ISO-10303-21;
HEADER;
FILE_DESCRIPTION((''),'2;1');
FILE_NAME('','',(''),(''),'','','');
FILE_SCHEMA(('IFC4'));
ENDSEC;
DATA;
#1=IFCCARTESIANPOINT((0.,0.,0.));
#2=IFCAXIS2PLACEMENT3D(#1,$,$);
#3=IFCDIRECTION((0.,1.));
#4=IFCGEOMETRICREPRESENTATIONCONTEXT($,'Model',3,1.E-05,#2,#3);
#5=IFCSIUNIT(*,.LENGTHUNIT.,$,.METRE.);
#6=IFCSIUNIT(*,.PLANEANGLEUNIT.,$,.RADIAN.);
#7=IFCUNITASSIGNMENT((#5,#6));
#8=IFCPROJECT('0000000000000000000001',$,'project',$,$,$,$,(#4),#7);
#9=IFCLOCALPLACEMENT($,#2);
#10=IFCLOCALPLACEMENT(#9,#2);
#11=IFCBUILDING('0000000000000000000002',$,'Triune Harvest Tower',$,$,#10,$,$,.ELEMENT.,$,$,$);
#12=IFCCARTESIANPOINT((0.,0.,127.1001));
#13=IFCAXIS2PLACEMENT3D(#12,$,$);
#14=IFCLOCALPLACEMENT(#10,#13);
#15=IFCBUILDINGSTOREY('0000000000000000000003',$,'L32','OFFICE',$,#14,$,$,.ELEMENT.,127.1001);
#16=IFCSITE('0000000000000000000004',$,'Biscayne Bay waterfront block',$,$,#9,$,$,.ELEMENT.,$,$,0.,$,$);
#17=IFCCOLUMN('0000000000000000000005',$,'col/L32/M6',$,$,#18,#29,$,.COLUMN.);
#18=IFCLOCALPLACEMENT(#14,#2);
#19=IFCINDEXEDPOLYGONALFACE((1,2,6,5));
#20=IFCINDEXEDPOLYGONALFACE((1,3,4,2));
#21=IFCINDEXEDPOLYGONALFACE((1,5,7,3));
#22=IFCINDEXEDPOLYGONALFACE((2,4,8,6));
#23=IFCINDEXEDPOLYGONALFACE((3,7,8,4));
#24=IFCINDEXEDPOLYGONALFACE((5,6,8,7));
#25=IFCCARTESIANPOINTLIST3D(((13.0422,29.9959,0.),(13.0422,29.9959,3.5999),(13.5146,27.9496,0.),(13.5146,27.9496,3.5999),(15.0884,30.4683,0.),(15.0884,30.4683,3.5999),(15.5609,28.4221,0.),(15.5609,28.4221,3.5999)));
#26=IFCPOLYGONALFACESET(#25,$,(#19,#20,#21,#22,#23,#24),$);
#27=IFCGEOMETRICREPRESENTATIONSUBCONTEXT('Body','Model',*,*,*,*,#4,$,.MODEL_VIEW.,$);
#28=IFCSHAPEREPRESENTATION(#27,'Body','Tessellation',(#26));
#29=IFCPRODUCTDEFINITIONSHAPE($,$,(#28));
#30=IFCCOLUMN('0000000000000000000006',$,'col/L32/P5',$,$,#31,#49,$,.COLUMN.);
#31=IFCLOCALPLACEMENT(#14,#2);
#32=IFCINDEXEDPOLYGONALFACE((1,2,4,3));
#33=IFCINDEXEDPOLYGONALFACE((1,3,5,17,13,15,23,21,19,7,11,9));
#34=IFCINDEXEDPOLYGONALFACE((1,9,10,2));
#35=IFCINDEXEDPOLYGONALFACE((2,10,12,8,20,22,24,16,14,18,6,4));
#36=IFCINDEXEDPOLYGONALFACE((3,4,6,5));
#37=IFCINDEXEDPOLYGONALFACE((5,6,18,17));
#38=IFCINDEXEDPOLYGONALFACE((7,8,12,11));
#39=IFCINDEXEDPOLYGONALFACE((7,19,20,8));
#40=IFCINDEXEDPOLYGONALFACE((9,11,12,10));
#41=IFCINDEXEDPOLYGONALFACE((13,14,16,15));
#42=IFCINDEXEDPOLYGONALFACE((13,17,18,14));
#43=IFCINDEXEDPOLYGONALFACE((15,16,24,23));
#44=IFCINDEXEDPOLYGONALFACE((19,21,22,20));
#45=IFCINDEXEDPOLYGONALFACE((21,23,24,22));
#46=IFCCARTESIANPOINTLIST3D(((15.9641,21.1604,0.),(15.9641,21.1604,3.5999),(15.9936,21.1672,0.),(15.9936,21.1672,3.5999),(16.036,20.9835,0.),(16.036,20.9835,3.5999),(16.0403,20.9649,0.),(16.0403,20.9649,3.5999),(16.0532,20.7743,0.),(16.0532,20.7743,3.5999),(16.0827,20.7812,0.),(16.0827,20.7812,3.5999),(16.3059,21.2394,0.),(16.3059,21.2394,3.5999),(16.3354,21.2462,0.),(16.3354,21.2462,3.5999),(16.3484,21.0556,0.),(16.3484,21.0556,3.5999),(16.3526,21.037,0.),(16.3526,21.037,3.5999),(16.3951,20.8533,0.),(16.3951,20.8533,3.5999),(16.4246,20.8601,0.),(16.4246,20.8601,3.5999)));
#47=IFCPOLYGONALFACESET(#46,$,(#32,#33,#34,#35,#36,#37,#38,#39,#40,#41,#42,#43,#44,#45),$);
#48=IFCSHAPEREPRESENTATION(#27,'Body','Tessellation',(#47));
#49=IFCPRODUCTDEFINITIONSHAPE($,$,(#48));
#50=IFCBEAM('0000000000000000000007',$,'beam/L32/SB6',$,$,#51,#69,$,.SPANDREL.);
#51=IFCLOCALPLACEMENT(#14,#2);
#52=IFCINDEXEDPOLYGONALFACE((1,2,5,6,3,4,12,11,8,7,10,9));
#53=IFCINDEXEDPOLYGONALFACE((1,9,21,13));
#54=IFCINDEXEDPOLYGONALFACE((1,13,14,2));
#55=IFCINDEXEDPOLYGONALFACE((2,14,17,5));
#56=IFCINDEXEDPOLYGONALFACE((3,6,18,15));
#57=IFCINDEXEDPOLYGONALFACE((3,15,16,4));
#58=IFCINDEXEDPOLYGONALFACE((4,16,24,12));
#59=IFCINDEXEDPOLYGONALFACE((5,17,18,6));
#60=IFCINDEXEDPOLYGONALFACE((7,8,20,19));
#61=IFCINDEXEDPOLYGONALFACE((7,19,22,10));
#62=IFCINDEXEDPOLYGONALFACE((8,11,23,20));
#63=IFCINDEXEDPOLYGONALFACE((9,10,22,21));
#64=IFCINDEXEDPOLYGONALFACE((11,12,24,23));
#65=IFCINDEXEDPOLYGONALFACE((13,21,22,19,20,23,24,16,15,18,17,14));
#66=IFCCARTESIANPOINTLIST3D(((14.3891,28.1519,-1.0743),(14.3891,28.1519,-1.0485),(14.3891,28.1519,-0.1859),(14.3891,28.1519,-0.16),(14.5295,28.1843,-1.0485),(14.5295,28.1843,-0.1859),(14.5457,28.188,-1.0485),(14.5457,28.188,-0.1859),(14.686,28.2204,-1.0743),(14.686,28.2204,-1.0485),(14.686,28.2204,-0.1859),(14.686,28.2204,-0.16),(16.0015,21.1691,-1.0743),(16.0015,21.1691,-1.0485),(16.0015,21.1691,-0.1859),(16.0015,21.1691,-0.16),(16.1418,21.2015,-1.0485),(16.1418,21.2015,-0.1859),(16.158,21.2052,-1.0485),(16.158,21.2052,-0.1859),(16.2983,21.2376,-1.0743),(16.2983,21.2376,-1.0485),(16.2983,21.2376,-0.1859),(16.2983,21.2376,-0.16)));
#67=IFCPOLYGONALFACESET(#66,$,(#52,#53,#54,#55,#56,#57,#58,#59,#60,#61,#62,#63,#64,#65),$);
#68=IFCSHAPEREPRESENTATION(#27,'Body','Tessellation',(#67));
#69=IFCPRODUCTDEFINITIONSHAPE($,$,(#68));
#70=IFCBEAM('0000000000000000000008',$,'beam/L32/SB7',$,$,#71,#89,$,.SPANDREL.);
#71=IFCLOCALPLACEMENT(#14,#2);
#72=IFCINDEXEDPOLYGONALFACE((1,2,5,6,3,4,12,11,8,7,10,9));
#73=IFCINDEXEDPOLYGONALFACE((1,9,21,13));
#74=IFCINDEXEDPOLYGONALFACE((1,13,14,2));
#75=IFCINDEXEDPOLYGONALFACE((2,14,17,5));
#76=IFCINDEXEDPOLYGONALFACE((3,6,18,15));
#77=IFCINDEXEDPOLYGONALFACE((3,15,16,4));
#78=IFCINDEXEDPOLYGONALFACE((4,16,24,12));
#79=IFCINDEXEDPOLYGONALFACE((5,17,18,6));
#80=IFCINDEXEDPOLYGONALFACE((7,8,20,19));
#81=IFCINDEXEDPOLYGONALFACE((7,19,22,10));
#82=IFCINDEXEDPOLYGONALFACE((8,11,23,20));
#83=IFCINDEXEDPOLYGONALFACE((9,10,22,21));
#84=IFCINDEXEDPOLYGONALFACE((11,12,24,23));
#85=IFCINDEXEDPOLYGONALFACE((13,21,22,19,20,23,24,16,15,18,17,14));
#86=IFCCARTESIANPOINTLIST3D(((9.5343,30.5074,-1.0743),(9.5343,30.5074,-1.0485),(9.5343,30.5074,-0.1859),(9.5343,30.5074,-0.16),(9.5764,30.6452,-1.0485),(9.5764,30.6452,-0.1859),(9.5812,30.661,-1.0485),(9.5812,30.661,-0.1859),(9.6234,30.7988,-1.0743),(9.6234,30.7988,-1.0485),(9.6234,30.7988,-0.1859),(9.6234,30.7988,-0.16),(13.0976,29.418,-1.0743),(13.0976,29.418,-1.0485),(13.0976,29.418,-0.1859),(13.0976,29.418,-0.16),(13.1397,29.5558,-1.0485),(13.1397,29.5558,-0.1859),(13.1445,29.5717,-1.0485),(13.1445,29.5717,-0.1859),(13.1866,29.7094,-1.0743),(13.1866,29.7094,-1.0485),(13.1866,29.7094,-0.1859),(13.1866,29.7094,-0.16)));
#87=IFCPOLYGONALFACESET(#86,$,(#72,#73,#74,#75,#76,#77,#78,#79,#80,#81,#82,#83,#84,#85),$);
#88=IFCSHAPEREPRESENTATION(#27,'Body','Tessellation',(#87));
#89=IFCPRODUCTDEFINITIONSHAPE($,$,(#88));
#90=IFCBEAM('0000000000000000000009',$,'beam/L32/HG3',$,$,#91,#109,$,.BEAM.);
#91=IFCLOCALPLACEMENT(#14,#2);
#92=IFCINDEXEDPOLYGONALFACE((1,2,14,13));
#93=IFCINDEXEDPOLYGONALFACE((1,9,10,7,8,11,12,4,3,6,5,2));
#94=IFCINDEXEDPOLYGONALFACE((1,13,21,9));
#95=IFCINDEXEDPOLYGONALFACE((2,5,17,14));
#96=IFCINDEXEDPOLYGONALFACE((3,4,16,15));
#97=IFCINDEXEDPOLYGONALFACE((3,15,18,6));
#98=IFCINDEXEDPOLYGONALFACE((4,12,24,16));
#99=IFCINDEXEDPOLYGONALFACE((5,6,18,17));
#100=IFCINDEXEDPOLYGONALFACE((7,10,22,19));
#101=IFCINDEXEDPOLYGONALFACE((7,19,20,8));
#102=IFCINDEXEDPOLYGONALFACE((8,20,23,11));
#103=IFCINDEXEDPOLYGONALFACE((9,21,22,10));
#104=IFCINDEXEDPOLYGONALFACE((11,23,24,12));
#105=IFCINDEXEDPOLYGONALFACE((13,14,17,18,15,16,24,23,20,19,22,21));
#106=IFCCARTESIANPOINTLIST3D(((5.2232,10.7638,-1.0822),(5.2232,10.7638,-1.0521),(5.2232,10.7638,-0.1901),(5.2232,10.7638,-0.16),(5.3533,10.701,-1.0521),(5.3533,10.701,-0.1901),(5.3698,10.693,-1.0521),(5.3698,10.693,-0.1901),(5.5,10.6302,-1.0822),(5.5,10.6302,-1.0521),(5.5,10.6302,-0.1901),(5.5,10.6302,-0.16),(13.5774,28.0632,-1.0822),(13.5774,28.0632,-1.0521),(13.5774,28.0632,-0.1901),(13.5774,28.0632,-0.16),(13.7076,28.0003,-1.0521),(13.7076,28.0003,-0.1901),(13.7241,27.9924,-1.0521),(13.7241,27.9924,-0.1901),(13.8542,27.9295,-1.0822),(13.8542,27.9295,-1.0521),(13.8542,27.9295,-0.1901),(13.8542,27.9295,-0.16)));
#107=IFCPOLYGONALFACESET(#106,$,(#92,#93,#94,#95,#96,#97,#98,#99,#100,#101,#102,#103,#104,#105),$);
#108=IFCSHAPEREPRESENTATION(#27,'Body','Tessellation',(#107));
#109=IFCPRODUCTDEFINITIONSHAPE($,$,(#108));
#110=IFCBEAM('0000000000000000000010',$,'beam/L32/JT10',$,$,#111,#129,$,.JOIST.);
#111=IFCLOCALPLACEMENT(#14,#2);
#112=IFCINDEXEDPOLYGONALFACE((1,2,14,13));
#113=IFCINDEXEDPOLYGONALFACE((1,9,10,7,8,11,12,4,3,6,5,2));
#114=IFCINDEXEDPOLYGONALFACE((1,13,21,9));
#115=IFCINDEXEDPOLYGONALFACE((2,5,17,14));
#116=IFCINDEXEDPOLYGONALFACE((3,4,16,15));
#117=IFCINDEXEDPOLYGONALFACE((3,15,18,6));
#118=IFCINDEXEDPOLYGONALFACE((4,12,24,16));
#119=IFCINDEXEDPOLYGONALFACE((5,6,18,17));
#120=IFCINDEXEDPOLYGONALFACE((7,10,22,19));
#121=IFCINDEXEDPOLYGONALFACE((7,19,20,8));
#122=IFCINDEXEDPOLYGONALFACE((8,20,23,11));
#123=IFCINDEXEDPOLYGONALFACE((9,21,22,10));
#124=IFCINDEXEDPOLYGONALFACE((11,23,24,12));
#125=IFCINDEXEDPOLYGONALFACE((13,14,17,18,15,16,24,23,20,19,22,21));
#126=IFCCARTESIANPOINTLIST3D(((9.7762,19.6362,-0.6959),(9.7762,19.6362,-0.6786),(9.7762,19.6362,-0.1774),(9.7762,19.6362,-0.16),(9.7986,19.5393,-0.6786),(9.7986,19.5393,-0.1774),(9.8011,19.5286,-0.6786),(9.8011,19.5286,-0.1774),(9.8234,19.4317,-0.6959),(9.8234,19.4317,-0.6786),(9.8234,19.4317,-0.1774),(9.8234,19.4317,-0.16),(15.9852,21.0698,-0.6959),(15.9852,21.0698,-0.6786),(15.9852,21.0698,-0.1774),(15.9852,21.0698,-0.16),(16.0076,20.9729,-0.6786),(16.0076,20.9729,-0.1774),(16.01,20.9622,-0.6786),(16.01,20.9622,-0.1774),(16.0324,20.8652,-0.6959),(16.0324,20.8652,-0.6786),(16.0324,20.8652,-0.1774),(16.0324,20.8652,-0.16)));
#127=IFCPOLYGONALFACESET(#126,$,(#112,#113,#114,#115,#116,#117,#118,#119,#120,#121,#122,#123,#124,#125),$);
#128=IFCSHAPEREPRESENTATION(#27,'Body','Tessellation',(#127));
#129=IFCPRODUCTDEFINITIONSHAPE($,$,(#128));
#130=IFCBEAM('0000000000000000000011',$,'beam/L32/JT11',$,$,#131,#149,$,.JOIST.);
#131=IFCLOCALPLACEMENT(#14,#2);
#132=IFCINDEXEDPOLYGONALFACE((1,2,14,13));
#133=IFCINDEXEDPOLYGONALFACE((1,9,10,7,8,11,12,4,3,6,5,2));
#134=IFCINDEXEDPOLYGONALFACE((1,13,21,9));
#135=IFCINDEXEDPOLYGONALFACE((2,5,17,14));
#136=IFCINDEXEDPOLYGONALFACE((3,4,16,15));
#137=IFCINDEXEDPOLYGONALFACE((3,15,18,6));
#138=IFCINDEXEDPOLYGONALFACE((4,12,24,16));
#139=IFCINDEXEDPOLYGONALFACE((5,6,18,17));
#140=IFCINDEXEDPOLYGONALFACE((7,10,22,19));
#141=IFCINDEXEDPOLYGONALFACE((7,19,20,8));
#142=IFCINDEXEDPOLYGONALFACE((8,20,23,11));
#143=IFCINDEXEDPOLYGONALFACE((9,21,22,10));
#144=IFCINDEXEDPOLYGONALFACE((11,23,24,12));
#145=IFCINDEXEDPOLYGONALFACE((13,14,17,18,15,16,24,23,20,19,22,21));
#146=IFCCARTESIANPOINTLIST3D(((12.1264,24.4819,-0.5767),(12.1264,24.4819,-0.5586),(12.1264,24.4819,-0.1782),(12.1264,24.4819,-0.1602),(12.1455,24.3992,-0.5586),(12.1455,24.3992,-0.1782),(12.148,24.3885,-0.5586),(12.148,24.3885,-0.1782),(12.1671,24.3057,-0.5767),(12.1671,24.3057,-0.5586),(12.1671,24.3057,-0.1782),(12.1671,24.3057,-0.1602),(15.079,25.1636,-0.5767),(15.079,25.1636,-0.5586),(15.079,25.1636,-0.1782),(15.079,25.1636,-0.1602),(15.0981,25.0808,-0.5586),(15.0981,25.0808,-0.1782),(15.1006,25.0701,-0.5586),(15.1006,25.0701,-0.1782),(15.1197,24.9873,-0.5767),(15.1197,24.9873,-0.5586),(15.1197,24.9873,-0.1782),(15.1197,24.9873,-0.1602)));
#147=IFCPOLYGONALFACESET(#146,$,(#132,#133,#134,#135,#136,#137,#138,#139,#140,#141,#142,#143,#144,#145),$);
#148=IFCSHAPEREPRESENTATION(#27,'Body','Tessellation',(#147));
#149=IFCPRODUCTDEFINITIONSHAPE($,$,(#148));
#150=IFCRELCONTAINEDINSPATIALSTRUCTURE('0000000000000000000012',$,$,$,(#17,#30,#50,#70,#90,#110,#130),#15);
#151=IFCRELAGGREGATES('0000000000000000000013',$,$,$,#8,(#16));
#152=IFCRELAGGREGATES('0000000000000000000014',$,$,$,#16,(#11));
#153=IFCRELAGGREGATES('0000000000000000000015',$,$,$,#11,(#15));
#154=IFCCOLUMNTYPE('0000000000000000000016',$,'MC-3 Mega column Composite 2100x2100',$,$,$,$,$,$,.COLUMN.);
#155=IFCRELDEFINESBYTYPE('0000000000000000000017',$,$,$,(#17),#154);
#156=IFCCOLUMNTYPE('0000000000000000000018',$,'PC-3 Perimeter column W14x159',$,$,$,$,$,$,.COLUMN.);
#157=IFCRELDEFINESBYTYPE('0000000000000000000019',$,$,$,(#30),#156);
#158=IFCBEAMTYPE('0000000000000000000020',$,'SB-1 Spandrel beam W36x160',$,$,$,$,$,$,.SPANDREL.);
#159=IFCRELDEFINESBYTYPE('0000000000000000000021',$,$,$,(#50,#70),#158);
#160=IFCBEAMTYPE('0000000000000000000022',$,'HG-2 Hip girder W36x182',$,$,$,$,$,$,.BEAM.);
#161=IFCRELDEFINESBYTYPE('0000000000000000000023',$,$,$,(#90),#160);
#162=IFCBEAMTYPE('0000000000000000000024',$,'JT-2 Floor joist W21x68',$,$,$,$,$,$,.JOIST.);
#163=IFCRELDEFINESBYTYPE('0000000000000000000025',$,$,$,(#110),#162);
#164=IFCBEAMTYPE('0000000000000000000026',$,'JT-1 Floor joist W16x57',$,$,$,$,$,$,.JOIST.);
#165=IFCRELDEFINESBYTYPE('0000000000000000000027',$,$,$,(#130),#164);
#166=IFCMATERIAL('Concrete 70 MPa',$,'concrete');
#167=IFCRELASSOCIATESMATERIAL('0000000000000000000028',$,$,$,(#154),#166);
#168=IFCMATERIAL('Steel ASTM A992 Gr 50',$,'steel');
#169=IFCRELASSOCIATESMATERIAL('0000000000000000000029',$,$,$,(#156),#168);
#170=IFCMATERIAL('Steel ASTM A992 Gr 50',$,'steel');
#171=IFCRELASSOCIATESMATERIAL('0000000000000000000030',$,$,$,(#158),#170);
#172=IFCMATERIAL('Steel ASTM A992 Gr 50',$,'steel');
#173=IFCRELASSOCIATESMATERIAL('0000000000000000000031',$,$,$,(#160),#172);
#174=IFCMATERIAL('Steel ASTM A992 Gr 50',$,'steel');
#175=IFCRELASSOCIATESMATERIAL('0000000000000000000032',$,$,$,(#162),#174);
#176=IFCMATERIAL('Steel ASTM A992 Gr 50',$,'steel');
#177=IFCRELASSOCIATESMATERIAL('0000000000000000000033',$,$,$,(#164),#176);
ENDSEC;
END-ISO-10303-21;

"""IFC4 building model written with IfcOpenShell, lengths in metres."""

from ifc_helpers import new_model, si_unit, direction, frame, origin, origin_2d, place, context, subcontext, project, spatial, rectangle, i_section, extrude, source, transform, mapped, material, material_profile, profile_set, type_object, element, save


model = new_model("IFC4")

# Units and contexts
model_context = context("Model", 3, precision=1e-05, world=origin(), true_north=direction((0.0, 1.0)))
body_context = subcontext(model_context, "Body", "Model", "MODEL_VIEW")
ifc_project = project(units=[si_unit("LENGTHUNIT", "METRE"), si_unit("PLANEANGLEUNIT", "RADIAN")], contexts=[model_context])

# Site, building, storey
site_placement = place(None, origin())
site = spatial("IfcSite", under=ifc_project, at=site_placement, Name="Biscayne Bay waterfront block", CompositionType="ELEMENT", RefElevation=0.0)
building_placement = place(site_placement, origin())
building = spatial("IfcBuilding", under=site, at=building_placement, Name="Triune Harvest Tower", CompositionType="ELEMENT")
storey_placement = place(building_placement, frame((0.0, 0.0, 127.1001)))
storey = spatial("IfcBuildingStorey", under=building, at=storey_placement, Name="L32", Description="OFFICE", CompositionType="ELEMENT", Elevation=127.1001)

# Columns
ifc_material_1 = material(Name="Concrete 70 MPa", Category="concrete")
ifc_material_profile_1 = material_profile(ifc_material_1, rectangle(XDim=2.1001, YDim=2.1001, at=origin_2d()), Name="Composite 2100x2100")
ifc_profile_set_1 = profile_set([ifc_material_profile_1], Name="Concrete 70 MPa")
column_type_1 = type_object("IfcColumnType", Name="MC-3 Mega column Composite 2100x2100", PredefinedType="COLUMN", material=ifc_profile_set_1)
shared_shape_1 = source(origin(), body_context, "Body", "SweptSolid", [
    extrude(rectangle(XDim=2.1001, YDim=2.1001, at=origin_2d()), origin(), (0.0, 0.0, 1.0), 3.5999),
])
column_1_placement = place(storey_placement, frame((14.3015, 29.209, 0.0), z_axis=(0.0, 0.0, 1.0), x_axis=(-0.224953, 0.97437, 0.0)))
element("IfcColumn", 1, at=column_1_placement, inside=storey, type_object=column_type_1, Name="col/L32/M6", PredefinedType="COLUMN", context=body_context, shape_type="MappedRepresentation", body=[
    mapped(shared_shape_1, transform((0.0, 0.0, 0.0), scale=1.0)),
])
ifc_material_2 = material(Name="Steel ASTM A992 Gr 50", Category="steel")
ifc_material_profile_2 = material_profile(ifc_material_2, i_section(OverallWidth=0.3962, OverallDepth=0.3811, WebThickness=0.019, FlangeThickness=0.0303, at=origin_2d()), Name="W14x159")
ifc_profile_set_2 = profile_set([ifc_material_profile_2], Name="Steel ASTM A992 Gr 50")
column_type_2 = type_object("IfcColumnType", Name="PC-3 Perimeter column W14x159", PredefinedType="COLUMN", material=ifc_profile_set_2)
shared_shape_2 = source(origin(), body_context, "Body", "SweptSolid", [
    extrude(i_section(OverallWidth=0.3962, OverallDepth=0.3811, WebThickness=0.019, FlangeThickness=0.0303, at=origin_2d()), origin(), (0.0, 0.0, 1.0), 3.5999),
])
column_2_placement = place(storey_placement, frame((16.1943, 21.0103, 0.0), z_axis=(0.0, 0.0, 1.0), x_axis=(-0.224953, 0.97437, 0.0)))
element("IfcColumn", 2, at=column_2_placement, inside=storey, type_object=column_type_2, Name="col/L32/P5", PredefinedType="COLUMN", context=body_context, shape_type="MappedRepresentation", body=[
    mapped(shared_shape_2, transform((0.0, 0.0, 0.0), scale=1.0)),
])

# Beams
ifc_material_3 = material(Name="Steel ASTM A992 Gr 50", Category="steel")
ifc_material_profile_3 = material_profile(ifc_material_3, i_section(OverallWidth=0.3047, OverallDepth=0.9143, WebThickness=0.0166, FlangeThickness=0.0259, at=origin_2d()), Name="W36x160")
ifc_profile_set_3 = profile_set([ifc_material_profile_3], Name="Steel ASTM A992 Gr 50")
beam_type_1 = type_object("IfcBeamType", Name="SB-1 Spandrel beam W36x160", PredefinedType="SPANDREL", material=ifc_profile_set_3)
shared_shape_3 = source(origin(), body_context, "Body", "SweptSolid", [
    extrude(i_section(OverallWidth=0.3047, OverallDepth=0.9143, WebThickness=0.0166, FlangeThickness=0.0259, at=origin_2d()), origin(), (0.0, 0.0, 1.0), 7.1665),
])
beam_1_placement = place(storey_placement, frame((16.1499, 21.2034, -0.6172), z_axis=(-0.224981, 0.974363, 0.0), x_axis=(-0.974363, -0.224981, 0.0)))
element("IfcBeam", 3, at=beam_1_placement, inside=storey, type_object=beam_type_1, Name="beam/L32/SB6", PredefinedType="SPANDREL", context=body_context, shape_type="MappedRepresentation", body=[
    mapped(shared_shape_3, transform((0.0, 0.0, 0.0), scale=1.0)),
])
shared_shape_4 = source(origin(), body_context, "Body", "SweptSolid", [
    extrude(i_section(OverallWidth=0.3047, OverallDepth=0.9143, WebThickness=0.0166, FlangeThickness=0.0259, at=origin_2d()), origin(), (0.0, 0.0, 1.0), 3.7261),
])
beam_2_placement = place(storey_placement, frame((13.1421, 29.5637, -0.6172), z_axis=(-0.956307, 0.292363, 0.0), x_axis=(-0.292363, -0.956307, 0.0)))
element("IfcBeam", 4, at=beam_2_placement, inside=storey, type_object=beam_type_1, Name="beam/L32/SB7", PredefinedType="SPANDREL", context=body_context, shape_type="MappedRepresentation", body=[
    mapped(shared_shape_4, transform((0.0, 0.0, 0.0), scale=1.0)),
])
ifc_material_4 = material(Name="Steel ASTM A992 Gr 50", Category="steel")
ifc_material_profile_4 = material_profile(ifc_material_4, i_section(OverallWidth=0.3074, OverallDepth=0.9221, WebThickness=0.0183, FlangeThickness=0.03, at=origin_2d()), Name="W36x182")
ifc_profile_set_4 = profile_set([ifc_material_profile_4], Name="Steel ASTM A992 Gr 50")
beam_type_2 = type_object("IfcBeamType", Name="HG-2 Hip girder W36x182", PredefinedType="BEAM", material=ifc_profile_set_4)
shared_shape_5 = source(origin(), body_context, "Body", "SweptSolid", [
    extrude(i_section(OverallWidth=0.3074, OverallDepth=0.9221, WebThickness=0.0183, FlangeThickness=0.03, at=origin_2d()), origin(), (0.0, 0.0, 1.0), 19.2109),
])
beam_3_placement = place(storey_placement, frame((13.7158, 27.9963, -0.6211), z_axis=(-0.43487, -0.900493, 0.0), x_axis=(0.900493, -0.43487, 0.0)))
element("IfcBeam", 5, at=beam_3_placement, inside=storey, type_object=beam_type_2, Name="beam/L32/HG3", PredefinedType="BEAM", context=body_context, shape_type="MappedRepresentation", body=[
    mapped(shared_shape_5, transform((0.0, 0.0, 0.0), scale=1.0)),
])
ifc_material_5 = material(Name="Steel ASTM A992 Gr 50", Category="steel")
ifc_material_profile_5 = material_profile(ifc_material_5, i_section(OverallWidth=0.21, OverallDepth=0.5359, WebThickness=0.011, FlangeThickness=0.0173, at=origin_2d()), Name="W21x68")
ifc_profile_set_5 = profile_set([ifc_material_profile_5], Name="Steel ASTM A992 Gr 50")
beam_type_3 = type_object("IfcBeamType", Name="JT-2 Floor joist W21x68", PredefinedType="JOIST", material=ifc_profile_set_5)
shared_shape_6 = source(origin(), body_context, "Body", "SweptSolid", [
    extrude(i_section(OverallWidth=0.21, OverallDepth=0.5359, WebThickness=0.011, FlangeThickness=0.0173, at=origin_2d()), origin(), (0.0, 0.0, 1.0), 6.3723),
])
beam_4_placement = place(storey_placement, frame((16.0088, 20.9675, -0.428), z_axis=(-0.974365, -0.224971, 0.0), x_axis=(0.224971, -0.974365, 0.0)))
element("IfcBeam", 6, at=beam_4_placement, inside=storey, type_object=beam_type_3, Name="beam/L32/JT10", PredefinedType="JOIST", context=body_context, shape_type="MappedRepresentation", body=[
    mapped(shared_shape_6, transform((0.0, 0.0, 0.0), scale=1.0)),
])
ifc_material_6 = material(Name="Steel ASTM A992 Gr 50", Category="steel")
ifc_material_profile_6 = material_profile(ifc_material_6, i_section(OverallWidth=0.1809, OverallDepth=0.4165, WebThickness=0.011, FlangeThickness=0.0181, at=origin_2d()), Name="W16x57")
ifc_profile_set_6 = profile_set([ifc_material_profile_6], Name="Steel ASTM A992 Gr 50")
beam_type_4 = type_object("IfcBeamType", Name="JT-1 Floor joist W16x57", PredefinedType="JOIST", material=ifc_profile_set_6)
shared_shape_7 = source(origin(), body_context, "Body", "SweptSolid", [
    extrude(i_section(OverallWidth=0.1809, OverallDepth=0.4165, WebThickness=0.011, FlangeThickness=0.0181, at=origin_2d()), origin(), (0.0, 0.0, 1.0), 3.0303),
])
beam_5_placement = place(storey_placement, frame((15.0994, 25.0754, -0.3684), z_axis=(-0.974372, -0.224942, 0.0), x_axis=(0.224942, -0.974372, 0.0)))
element("IfcBeam", 7, at=beam_5_placement, inside=storey, type_object=beam_type_4, Name="beam/L32/JT11", PredefinedType="JOIST", context=body_context, shape_type="MappedRepresentation", body=[
    mapped(shared_shape_7, transform((0.0, 0.0, 0.0), scale=1.0)),
])

save(model, "model.ifc")
